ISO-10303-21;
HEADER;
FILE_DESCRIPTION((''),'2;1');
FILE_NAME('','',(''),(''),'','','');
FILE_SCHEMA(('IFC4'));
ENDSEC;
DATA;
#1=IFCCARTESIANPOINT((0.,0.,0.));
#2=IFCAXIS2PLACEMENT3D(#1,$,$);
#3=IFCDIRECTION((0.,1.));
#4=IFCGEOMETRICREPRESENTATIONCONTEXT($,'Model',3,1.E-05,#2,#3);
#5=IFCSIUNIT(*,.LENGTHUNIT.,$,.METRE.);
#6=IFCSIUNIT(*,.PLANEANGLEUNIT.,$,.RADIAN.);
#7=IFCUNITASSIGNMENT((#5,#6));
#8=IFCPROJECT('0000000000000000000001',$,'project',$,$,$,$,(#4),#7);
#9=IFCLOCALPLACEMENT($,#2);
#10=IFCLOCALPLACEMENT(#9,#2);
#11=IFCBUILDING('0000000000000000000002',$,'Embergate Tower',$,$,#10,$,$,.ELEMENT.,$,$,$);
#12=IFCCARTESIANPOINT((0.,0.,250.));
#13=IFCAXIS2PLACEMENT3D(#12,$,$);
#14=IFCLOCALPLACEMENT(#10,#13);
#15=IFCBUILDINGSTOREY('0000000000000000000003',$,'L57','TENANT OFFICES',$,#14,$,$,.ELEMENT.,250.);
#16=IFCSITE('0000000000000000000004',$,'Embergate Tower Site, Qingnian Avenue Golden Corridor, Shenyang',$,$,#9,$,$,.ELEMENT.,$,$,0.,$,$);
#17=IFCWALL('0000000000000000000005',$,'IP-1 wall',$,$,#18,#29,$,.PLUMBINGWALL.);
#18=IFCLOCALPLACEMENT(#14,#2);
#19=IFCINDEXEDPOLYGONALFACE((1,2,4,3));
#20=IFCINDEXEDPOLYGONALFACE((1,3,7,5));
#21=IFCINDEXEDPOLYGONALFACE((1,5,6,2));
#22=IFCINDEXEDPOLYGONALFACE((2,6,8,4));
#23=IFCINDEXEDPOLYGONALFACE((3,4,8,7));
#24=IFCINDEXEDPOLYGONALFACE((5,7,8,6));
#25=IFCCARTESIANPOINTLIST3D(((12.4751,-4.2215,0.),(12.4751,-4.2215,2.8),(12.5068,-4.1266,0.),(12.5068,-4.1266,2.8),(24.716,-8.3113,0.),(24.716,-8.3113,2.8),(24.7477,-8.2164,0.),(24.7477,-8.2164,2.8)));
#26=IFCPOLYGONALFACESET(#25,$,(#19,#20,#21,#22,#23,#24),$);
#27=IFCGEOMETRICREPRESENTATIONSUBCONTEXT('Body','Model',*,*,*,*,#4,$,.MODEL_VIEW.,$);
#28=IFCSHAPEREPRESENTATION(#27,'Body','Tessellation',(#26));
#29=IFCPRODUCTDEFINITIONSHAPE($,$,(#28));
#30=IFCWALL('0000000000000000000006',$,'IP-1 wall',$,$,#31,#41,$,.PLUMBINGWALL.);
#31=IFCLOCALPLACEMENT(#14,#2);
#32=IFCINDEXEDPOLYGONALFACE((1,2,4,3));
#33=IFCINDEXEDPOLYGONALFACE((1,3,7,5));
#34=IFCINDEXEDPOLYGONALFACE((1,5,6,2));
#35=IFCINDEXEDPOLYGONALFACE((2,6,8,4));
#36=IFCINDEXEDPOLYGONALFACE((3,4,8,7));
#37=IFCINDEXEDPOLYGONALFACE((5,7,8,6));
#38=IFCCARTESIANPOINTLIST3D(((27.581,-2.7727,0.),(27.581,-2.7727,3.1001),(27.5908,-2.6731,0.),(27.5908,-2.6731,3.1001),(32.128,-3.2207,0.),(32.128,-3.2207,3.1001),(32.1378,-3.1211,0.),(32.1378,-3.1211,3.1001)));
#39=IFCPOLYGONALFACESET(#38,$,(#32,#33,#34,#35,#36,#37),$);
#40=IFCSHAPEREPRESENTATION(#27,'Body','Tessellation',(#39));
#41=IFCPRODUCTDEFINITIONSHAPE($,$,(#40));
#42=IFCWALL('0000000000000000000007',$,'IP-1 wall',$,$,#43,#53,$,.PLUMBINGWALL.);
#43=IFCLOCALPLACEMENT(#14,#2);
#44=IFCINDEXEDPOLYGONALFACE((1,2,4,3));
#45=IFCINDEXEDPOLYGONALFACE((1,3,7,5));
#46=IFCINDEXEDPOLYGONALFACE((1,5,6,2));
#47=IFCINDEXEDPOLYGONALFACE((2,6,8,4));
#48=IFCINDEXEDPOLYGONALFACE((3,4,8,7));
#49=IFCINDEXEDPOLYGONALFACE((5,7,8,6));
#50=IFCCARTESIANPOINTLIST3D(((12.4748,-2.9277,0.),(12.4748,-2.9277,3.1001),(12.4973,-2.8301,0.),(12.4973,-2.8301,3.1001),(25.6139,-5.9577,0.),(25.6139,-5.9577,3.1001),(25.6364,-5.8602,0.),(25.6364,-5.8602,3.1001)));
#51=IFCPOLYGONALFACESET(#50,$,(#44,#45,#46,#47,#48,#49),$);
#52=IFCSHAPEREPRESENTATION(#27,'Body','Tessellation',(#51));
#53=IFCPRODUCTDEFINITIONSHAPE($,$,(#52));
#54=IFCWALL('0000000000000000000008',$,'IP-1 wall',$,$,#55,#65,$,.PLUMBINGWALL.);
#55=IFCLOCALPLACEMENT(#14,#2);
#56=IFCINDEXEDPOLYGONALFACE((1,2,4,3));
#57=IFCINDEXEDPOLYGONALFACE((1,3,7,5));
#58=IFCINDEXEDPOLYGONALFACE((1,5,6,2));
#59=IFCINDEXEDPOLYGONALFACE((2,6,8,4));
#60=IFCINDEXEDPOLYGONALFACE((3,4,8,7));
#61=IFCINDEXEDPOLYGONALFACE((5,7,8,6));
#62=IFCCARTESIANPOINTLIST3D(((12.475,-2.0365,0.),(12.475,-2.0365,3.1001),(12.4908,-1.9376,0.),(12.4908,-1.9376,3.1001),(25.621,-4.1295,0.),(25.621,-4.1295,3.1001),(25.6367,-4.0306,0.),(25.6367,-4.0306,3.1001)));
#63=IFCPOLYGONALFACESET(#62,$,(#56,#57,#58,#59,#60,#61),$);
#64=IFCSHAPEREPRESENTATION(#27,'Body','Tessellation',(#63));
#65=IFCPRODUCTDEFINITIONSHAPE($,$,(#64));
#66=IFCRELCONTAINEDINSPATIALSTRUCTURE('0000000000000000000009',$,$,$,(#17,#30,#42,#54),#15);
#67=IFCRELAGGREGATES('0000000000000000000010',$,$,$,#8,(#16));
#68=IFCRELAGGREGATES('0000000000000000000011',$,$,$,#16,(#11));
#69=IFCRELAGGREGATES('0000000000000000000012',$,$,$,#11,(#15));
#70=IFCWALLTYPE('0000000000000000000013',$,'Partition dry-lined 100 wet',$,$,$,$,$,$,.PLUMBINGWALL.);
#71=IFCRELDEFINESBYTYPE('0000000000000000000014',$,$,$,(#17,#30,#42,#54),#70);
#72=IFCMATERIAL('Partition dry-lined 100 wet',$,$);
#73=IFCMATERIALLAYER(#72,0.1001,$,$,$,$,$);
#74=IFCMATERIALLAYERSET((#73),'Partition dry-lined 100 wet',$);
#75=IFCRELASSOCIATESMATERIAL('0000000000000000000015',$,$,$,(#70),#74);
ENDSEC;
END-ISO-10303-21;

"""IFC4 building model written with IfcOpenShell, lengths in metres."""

from ifc_helpers import new_model, si_unit, direction, frame, frame_2d, origin, place, context, subcontext, project, spatial, rectangle, extrude, source, transform, mapped, material, layer, layer_set, type_object, element, save


model = new_model("IFC4")

# Units and contexts
model_context = context("Model", 3, precision=1e-05, world=origin(), true_north=direction((0.0, 1.0)))
body_context = subcontext(model_context, "Body", "Model", "MODEL_VIEW")
ifc_project = project(units=[si_unit("LENGTHUNIT", "METRE"), si_unit("PLANEANGLEUNIT", "RADIAN")], contexts=[model_context])

# Site, building, storey
site_placement = place(None, origin())
site = spatial("IfcSite", under=ifc_project, at=site_placement, Name="Embergate Tower Site, Qingnian Avenue Golden Corridor, Shenyang", CompositionType="ELEMENT", RefElevation=0.0)
building_placement = place(site_placement, origin())
building = spatial("IfcBuilding", under=site, at=building_placement, Name="Embergate Tower", CompositionType="ELEMENT")
storey_placement = place(building_placement, frame((0.0, 0.0, 250.0)))
storey = spatial("IfcBuildingStorey", under=building, at=storey_placement, Name="L57", Description="TENANT OFFICES", CompositionType="ELEMENT", Elevation=250.0)

# Walls
ifc_material_1 = material(Name="Partition dry-lined 100 wet")
ifc_layer_1 = layer(ifc_material_1, 0.1001)
ifc_layer_set_1 = layer_set([ifc_layer_1], Name="Partition dry-lined 100 wet")
wall_type_1 = type_object("IfcWallType", Name="Partition dry-lined 100 wet", PredefinedType="PLUMBINGWALL", material=ifc_layer_set_1)
shared_shape_1 = source(origin(), body_context, "Body", "SweptSolid", [
    extrude(rectangle(XDim=12.906, YDim=0.1001, at=frame_2d((6.4531, 0.0))), origin(), (0.0, 0.0, 1.0), 2.8),
])
wall_1_placement = place(storey_placement, frame((24.7319, -8.2639, 0.0), z_axis=(0.0, 0.0, 1.0), x_axis=(-0.948462, 0.316892, 0.0)))
element("IfcWall", 1, at=wall_1_placement, inside=storey, type_object=wall_type_1, Name="IP-1 wall", PredefinedType="PLUMBINGWALL", context=body_context, shape_type="MappedRepresentation", body=[
    mapped(shared_shape_1, transform((0.0, 0.0, 0.0))),
])
shared_shape_2 = source(origin(), body_context, "Body", "SweptSolid", [
    extrude(rectangle(XDim=4.5691, YDim=0.1001, at=frame_2d((2.2847, 0.0))), origin(), (0.0, 0.0, 1.0), 3.1001),
])
wall_2_placement = place(storey_placement, frame((32.1331, -3.1709, 0.0), z_axis=(0.0, 0.0, 1.0), x_axis=(-0.995182, 0.098049, 0.0)))
element("IfcWall", 2, at=wall_2_placement, inside=storey, type_object=wall_type_1, Name="IP-1 wall", PredefinedType="PLUMBINGWALL", context=body_context, shape_type="MappedRepresentation", body=[
    mapped(shared_shape_2, transform((0.0, 0.0, 0.0))),
])
shared_shape_3 = source(origin(), body_context, "Body", "SweptSolid", [
    extrude(rectangle(XDim=13.4839, YDim=0.1001, at=frame_2d((6.7419, 0.0))), origin(), (0.0, 0.0, 1.0), 3.1001),
])
wall_3_placement = place(storey_placement, frame((12.4861, -2.8789, 0.0), z_axis=(0.0, 0.0, 1.0), x_axis=(0.974424, -0.224717, 0.0)))
element("IfcWall", 3, at=wall_3_placement, inside=storey, type_object=wall_type_1, Name="IP-1 wall", PredefinedType="PLUMBINGWALL", context=body_context, shape_type="MappedRepresentation", body=[
    mapped(shared_shape_3, transform((0.0, 0.0, 0.0))),
])
shared_shape_4 = source(origin(), body_context, "Body", "SweptSolid", [
    extrude(rectangle(XDim=13.3115, YDim=0.1001, at=frame_2d((6.6558, 0.0))), origin(), (0.0, 0.0, 1.0), 3.1001),
])
wall_4_placement = place(storey_placement, frame((12.4829, -1.9871, 0.0), z_axis=(0.0, 0.0, 1.0), x_axis=(0.987562, -0.157233, 0.0)))
element("IfcWall", 4, at=wall_4_placement, inside=storey, type_object=wall_type_1, Name="IP-1 wall", PredefinedType="PLUMBINGWALL", context=body_context, shape_type="MappedRepresentation", body=[
    mapped(shared_shape_4, transform((0.0, 0.0, 0.0))),
])

save(model, "model.ifc")
